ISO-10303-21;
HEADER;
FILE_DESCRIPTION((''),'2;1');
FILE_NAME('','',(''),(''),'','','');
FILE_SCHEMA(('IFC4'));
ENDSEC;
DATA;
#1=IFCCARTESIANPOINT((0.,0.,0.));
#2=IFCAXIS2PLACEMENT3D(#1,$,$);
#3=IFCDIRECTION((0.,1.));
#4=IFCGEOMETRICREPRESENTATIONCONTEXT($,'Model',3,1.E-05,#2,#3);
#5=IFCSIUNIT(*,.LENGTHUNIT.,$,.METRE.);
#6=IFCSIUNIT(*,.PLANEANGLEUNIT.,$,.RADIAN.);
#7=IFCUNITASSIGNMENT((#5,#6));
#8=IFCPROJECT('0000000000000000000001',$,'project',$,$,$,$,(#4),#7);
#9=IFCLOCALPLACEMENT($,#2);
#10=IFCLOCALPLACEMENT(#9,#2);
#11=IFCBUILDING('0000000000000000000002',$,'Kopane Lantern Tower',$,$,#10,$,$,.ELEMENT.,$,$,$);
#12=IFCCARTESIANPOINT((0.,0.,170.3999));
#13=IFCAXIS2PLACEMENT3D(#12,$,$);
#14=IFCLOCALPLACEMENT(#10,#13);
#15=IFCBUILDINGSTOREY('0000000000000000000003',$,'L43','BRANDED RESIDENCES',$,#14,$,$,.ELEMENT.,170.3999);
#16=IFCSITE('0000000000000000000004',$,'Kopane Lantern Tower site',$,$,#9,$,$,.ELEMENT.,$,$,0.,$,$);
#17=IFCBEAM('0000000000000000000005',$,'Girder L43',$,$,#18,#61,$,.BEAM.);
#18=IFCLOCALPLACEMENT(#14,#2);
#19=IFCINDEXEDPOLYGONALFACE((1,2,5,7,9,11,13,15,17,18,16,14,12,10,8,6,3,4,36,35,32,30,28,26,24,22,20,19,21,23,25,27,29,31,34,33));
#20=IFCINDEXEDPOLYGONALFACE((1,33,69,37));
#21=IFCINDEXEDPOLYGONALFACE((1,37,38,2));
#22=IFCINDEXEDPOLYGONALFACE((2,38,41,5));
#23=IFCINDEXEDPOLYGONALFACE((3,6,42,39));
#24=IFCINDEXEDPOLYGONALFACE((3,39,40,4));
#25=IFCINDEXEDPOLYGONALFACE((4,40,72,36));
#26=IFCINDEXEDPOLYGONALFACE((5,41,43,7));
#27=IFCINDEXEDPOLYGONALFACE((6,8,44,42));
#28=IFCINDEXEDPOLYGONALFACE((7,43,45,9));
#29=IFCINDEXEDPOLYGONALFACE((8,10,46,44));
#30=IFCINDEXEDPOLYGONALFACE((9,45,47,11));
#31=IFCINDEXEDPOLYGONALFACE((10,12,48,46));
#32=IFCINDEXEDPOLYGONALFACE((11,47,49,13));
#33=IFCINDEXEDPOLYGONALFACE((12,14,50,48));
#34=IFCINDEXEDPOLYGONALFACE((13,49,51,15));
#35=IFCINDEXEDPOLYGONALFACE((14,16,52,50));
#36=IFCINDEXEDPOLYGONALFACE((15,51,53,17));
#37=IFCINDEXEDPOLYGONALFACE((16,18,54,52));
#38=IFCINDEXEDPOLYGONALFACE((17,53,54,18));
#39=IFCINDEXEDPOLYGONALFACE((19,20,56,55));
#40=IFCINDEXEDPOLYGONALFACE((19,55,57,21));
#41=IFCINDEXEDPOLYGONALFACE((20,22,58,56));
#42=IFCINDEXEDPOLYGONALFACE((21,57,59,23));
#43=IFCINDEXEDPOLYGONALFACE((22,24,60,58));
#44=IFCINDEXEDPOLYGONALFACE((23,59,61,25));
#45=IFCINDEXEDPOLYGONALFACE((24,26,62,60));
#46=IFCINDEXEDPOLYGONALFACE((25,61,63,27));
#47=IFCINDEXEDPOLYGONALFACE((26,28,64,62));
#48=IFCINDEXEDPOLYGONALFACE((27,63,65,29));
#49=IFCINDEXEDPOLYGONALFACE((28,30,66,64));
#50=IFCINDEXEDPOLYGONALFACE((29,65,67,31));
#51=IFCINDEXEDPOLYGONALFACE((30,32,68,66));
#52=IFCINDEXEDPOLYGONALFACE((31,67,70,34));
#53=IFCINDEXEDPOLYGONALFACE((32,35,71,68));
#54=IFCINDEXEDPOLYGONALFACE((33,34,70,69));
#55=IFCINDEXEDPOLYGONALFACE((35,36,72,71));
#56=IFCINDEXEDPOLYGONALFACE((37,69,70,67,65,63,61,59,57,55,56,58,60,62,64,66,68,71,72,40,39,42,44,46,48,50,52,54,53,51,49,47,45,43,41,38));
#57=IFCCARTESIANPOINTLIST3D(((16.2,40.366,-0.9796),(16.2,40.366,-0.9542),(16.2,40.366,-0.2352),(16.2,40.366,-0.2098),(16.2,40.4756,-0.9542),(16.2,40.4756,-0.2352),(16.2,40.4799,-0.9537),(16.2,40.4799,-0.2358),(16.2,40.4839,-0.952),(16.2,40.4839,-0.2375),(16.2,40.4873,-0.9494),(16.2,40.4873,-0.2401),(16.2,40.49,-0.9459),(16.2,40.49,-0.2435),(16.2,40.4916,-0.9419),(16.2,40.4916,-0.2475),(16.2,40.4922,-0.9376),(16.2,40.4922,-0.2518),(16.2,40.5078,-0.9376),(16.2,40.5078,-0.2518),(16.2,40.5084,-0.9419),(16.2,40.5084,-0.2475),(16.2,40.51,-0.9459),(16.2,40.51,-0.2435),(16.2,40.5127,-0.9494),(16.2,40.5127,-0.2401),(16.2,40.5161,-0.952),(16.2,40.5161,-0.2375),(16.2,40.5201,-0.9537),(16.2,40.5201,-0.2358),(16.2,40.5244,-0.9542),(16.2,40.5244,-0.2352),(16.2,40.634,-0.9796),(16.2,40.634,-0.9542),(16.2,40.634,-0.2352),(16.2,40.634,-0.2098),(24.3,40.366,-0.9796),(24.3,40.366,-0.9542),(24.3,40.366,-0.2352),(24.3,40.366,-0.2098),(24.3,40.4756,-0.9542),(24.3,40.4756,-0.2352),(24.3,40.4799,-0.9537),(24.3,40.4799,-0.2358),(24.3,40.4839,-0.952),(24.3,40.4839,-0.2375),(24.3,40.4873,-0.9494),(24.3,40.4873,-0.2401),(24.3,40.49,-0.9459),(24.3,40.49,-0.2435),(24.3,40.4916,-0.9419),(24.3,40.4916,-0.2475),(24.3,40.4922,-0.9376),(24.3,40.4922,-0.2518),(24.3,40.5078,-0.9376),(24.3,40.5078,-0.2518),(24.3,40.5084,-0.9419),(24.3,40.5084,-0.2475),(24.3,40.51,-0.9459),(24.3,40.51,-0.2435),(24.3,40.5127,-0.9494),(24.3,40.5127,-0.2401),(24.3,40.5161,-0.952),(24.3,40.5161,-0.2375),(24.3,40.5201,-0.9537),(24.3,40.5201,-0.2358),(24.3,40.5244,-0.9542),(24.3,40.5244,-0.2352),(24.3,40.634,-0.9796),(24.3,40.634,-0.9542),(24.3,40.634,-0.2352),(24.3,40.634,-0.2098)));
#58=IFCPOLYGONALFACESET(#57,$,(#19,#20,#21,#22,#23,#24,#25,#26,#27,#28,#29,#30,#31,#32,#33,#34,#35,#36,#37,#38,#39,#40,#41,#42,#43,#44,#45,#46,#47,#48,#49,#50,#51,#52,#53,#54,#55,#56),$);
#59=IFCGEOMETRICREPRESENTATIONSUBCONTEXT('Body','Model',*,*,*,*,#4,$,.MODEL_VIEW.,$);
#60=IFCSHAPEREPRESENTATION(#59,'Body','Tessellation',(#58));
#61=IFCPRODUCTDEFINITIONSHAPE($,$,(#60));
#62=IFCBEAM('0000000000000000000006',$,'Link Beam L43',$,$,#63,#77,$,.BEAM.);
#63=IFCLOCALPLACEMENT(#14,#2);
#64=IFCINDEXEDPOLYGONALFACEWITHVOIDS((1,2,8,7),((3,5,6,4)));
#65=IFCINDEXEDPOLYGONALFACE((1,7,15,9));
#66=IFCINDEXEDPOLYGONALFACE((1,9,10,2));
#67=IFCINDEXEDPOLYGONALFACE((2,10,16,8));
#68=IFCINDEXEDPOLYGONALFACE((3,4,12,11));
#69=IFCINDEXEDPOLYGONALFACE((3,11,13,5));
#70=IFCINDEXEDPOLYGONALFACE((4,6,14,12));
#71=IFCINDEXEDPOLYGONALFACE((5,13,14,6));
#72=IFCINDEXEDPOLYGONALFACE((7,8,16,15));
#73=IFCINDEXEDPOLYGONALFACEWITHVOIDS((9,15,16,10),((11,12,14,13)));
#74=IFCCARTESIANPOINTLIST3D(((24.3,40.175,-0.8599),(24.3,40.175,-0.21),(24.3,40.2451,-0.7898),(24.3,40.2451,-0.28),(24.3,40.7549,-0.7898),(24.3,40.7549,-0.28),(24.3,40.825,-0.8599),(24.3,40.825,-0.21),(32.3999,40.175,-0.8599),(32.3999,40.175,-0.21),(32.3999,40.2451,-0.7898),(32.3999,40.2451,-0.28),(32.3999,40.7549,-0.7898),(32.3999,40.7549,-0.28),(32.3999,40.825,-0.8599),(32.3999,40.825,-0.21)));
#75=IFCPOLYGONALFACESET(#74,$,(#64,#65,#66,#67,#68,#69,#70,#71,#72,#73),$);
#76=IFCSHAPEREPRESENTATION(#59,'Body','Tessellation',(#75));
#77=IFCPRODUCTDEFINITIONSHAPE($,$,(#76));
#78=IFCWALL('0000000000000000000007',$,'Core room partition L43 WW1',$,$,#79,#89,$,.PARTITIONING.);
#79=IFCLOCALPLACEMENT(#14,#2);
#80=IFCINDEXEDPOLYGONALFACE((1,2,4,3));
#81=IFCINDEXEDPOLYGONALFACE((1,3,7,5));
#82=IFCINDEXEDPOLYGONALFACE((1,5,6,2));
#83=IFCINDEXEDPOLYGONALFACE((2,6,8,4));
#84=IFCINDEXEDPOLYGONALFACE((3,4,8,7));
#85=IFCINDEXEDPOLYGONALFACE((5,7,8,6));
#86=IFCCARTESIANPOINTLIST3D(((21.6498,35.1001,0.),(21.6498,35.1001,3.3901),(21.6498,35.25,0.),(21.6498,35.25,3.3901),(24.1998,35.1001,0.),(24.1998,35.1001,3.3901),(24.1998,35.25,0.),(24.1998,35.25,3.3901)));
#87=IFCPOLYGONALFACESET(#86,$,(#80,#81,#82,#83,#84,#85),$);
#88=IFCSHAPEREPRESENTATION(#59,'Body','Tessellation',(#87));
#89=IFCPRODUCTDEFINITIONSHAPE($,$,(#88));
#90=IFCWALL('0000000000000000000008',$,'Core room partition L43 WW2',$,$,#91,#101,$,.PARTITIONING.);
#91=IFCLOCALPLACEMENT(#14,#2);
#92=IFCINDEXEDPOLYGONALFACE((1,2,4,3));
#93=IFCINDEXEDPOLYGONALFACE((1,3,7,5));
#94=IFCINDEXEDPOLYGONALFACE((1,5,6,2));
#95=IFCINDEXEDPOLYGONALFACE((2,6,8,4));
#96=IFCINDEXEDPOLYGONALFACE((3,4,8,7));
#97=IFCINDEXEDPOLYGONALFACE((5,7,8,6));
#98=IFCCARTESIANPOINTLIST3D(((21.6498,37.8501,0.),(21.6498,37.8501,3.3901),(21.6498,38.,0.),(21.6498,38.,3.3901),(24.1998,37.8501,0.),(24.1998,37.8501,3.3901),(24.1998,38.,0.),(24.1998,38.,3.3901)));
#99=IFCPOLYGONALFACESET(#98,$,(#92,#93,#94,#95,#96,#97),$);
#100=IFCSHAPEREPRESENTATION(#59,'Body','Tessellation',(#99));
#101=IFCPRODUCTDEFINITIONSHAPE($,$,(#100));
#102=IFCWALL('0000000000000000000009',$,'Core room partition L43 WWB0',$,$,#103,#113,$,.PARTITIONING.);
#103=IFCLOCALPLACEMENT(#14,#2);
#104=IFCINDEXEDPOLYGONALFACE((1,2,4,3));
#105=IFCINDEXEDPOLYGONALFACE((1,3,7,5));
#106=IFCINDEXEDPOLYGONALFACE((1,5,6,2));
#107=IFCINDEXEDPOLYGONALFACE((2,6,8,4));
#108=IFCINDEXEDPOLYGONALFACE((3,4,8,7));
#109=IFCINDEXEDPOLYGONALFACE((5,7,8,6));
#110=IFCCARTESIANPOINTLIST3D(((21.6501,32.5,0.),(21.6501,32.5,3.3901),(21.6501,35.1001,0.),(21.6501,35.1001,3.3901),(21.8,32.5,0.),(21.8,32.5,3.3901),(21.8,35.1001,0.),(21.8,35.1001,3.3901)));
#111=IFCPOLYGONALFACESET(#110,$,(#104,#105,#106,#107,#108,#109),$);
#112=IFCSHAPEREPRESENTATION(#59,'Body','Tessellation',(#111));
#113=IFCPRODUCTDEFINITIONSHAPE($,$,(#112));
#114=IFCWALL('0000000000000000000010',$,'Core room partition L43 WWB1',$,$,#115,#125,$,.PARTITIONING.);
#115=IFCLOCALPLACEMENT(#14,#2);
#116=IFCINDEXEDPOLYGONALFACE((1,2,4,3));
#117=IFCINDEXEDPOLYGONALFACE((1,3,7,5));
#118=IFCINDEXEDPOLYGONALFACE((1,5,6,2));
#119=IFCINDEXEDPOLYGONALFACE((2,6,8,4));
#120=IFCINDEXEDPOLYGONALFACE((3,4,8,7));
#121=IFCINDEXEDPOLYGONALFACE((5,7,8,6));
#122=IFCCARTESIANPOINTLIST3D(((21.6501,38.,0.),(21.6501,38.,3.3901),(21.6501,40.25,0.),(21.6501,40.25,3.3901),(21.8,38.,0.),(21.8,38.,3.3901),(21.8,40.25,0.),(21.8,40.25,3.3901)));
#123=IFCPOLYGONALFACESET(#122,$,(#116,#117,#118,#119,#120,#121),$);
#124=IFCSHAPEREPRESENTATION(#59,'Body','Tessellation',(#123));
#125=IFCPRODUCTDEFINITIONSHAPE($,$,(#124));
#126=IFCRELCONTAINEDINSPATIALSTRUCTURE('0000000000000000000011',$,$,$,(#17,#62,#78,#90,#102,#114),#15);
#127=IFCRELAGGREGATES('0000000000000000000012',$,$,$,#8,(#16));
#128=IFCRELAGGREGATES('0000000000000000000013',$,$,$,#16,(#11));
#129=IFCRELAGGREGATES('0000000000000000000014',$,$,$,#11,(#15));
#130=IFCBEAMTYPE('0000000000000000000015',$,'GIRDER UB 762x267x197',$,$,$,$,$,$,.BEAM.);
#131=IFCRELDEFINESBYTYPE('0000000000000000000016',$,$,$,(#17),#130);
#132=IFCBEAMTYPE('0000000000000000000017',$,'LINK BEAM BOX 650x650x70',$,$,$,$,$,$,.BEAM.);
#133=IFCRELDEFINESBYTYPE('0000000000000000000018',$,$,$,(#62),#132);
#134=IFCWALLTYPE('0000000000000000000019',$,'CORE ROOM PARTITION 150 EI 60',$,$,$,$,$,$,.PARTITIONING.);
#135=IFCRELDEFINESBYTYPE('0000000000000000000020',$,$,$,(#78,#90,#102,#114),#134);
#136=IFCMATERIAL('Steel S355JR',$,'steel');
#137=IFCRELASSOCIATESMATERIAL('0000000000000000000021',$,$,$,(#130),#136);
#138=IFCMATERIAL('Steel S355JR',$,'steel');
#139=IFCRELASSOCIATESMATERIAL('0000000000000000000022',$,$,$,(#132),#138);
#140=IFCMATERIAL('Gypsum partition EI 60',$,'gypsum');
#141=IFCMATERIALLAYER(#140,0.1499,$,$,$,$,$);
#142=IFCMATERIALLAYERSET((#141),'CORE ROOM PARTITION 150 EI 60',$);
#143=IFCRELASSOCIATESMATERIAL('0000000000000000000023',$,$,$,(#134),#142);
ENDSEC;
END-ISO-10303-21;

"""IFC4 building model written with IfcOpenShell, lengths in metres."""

from ifc_helpers import new_model, si_unit, direction, frame, frame_2d, origin, origin_2d, place, context, subcontext, project, spatial, rectangle, hollow_rectangle, i_section, extrude, material, layer, layer_set, material_profile, profile_set, type_object, element, save


model = new_model("IFC4")

# Units and contexts
model_context = context("Model", 3, precision=1e-05, world=origin(), true_north=direction((0.0, 1.0)))
body_context = subcontext(model_context, "Body", "Model", "MODEL_VIEW")
ifc_project = project(units=[si_unit("LENGTHUNIT", "METRE"), si_unit("PLANEANGLEUNIT", "RADIAN")], contexts=[model_context])

# Site, building, storey
site_placement = place(None, origin())
site = spatial("IfcSite", under=ifc_project, at=site_placement, Name="Kopane Lantern Tower site", CompositionType="ELEMENT", RefElevation=0.0)
building_placement = place(site_placement, origin())
building = spatial("IfcBuilding", under=site, at=building_placement, Name="Kopane Lantern Tower", CompositionType="ELEMENT")
storey_placement = place(building_placement, frame((0.0, 0.0, 170.3999)))
storey = spatial("IfcBuildingStorey", under=building, at=storey_placement, Name="L43", Description="BRANDED RESIDENCES", CompositionType="ELEMENT", Elevation=170.3999)

# Beams
ifc_material_1 = material(Name="Steel S355JR", Category="steel")
ifc_material_profile_1 = material_profile(ifc_material_1, i_section(OverallWidth=0.2681, OverallDepth=0.7698, WebThickness=0.0156, FlangeThickness=0.0254, FilletRadius=0.0166, at=origin_2d()), Name="UB 762x267x197")
ifc_profile_set_1 = profile_set([ifc_material_profile_1], Name="Steel S355JR")
beam_type_1 = type_object("IfcBeamType", Name="GIRDER UB 762x267x197", PredefinedType="BEAM", material=ifc_profile_set_1)
beam_1_placement = place(storey_placement, frame((16.2, 40.5, -0.5947), z_axis=(1.0, 0.0, 0.0), x_axis=(0.0, 1.0, 0.0)))
element("IfcBeam", 1, at=beam_1_placement, inside=storey, type_object=beam_type_1, Name="Girder L43", PredefinedType="BEAM", context=body_context, shape_type="SweptSolid", body=[
    extrude(i_section(OverallWidth=0.2681, OverallDepth=0.7698, WebThickness=0.0156, FlangeThickness=0.0254, FilletRadius=0.0166, at=origin_2d()), origin(), (0.0, 0.0, 1.0), 8.1001),
])
ifc_material_2 = material(Name="Steel S355JR", Category="steel")
ifc_material_profile_2 = material_profile(ifc_material_2, hollow_rectangle(XDim=0.6499, YDim=0.6499, WallThickness=0.0701, at=origin_2d()), Name="BOX 650x650x70")
ifc_profile_set_2 = profile_set([ifc_material_profile_2], Name="Steel S355JR")
beam_type_2 = type_object("IfcBeamType", Name="LINK BEAM BOX 650x650x70", PredefinedType="BEAM", material=ifc_profile_set_2)
beam_2_placement = place(storey_placement, frame((24.3, 40.5, -0.5349), z_axis=(1.0, 0.0, 0.0), x_axis=(0.0, 1.0, 0.0)))
element("IfcBeam", 2, at=beam_2_placement, inside=storey, type_object=beam_type_2, Name="Link Beam L43", PredefinedType="BEAM", context=body_context, shape_type="SweptSolid", body=[
    extrude(hollow_rectangle(XDim=0.6499, YDim=0.6499, WallThickness=0.0701, at=origin_2d()), origin(), (0.0, 0.0, 1.0), 8.0999),
])

# Walls
ifc_material_3 = material(Name="Gypsum partition EI 60", Category="gypsum")
ifc_layer_1 = layer(ifc_material_3, 0.1499)
ifc_layer_set_1 = layer_set([ifc_layer_1], Name="CORE ROOM PARTITION 150 EI 60")
wall_type_1 = type_object("IfcWallType", Name="CORE ROOM PARTITION 150 EI 60", PredefinedType="PARTITIONING", material=ifc_layer_set_1)
for number, where, z_axis, x_axis, name in (
    (3, (21.6499, 35.175, 0.0), (0.0, 0.0, 1.0), (1.0, 0.0, 0.0), "Core room partition L43 WW1"),
    (4, (21.6499, 37.925, 0.0), (0.0, 0.0, 1.0), (1.0, 0.0, 0.0), "Core room partition L43 WW2"),
):
    element("IfcWall", number, at=place(storey_placement, frame(where, z_axis=z_axis, x_axis=x_axis)), inside=storey, type_object=wall_type_1, Name=name, PredefinedType="PARTITIONING", context=body_context, shape_type="SweptSolid", body=[
        extrude(rectangle(XDim=2.55, YDim=0.1499, at=frame_2d((1.2749, 0.0))), origin(), (0.0, 0.0, 1.0), 3.3901),
    ])
wall_1_placement = place(storey_placement, frame((21.7251, 32.5, 0.0), z_axis=(0.0, 0.0, 1.0), x_axis=(0.0, 1.0, 0.0)))
element("IfcWall", 5, at=wall_1_placement, inside=storey, type_object=wall_type_1, Name="Core room partition L43 WWB0", PredefinedType="PARTITIONING", context=body_context, shape_type="SweptSolid", body=[
    extrude(rectangle(XDim=2.6001, YDim=0.1499, at=frame_2d((1.3, 0.0))), origin(), (0.0, 0.0, 1.0), 3.3901),
])
wall_2_placement = place(storey_placement, frame((21.7251, 38.0, 0.0), z_axis=(0.0, 0.0, 1.0), x_axis=(0.0, 1.0, 0.0)))
element("IfcWall", 6, at=wall_2_placement, inside=storey, type_object=wall_type_1, Name="Core room partition L43 WWB1", PredefinedType="PARTITIONING", context=body_context, shape_type="SweptSolid", body=[
    extrude(rectangle(XDim=2.25, YDim=0.1499, at=frame_2d((1.125, 0.0))), origin(), (0.0, 0.0, 1.0), 3.3901),
])

save(model, "model.ifc")
